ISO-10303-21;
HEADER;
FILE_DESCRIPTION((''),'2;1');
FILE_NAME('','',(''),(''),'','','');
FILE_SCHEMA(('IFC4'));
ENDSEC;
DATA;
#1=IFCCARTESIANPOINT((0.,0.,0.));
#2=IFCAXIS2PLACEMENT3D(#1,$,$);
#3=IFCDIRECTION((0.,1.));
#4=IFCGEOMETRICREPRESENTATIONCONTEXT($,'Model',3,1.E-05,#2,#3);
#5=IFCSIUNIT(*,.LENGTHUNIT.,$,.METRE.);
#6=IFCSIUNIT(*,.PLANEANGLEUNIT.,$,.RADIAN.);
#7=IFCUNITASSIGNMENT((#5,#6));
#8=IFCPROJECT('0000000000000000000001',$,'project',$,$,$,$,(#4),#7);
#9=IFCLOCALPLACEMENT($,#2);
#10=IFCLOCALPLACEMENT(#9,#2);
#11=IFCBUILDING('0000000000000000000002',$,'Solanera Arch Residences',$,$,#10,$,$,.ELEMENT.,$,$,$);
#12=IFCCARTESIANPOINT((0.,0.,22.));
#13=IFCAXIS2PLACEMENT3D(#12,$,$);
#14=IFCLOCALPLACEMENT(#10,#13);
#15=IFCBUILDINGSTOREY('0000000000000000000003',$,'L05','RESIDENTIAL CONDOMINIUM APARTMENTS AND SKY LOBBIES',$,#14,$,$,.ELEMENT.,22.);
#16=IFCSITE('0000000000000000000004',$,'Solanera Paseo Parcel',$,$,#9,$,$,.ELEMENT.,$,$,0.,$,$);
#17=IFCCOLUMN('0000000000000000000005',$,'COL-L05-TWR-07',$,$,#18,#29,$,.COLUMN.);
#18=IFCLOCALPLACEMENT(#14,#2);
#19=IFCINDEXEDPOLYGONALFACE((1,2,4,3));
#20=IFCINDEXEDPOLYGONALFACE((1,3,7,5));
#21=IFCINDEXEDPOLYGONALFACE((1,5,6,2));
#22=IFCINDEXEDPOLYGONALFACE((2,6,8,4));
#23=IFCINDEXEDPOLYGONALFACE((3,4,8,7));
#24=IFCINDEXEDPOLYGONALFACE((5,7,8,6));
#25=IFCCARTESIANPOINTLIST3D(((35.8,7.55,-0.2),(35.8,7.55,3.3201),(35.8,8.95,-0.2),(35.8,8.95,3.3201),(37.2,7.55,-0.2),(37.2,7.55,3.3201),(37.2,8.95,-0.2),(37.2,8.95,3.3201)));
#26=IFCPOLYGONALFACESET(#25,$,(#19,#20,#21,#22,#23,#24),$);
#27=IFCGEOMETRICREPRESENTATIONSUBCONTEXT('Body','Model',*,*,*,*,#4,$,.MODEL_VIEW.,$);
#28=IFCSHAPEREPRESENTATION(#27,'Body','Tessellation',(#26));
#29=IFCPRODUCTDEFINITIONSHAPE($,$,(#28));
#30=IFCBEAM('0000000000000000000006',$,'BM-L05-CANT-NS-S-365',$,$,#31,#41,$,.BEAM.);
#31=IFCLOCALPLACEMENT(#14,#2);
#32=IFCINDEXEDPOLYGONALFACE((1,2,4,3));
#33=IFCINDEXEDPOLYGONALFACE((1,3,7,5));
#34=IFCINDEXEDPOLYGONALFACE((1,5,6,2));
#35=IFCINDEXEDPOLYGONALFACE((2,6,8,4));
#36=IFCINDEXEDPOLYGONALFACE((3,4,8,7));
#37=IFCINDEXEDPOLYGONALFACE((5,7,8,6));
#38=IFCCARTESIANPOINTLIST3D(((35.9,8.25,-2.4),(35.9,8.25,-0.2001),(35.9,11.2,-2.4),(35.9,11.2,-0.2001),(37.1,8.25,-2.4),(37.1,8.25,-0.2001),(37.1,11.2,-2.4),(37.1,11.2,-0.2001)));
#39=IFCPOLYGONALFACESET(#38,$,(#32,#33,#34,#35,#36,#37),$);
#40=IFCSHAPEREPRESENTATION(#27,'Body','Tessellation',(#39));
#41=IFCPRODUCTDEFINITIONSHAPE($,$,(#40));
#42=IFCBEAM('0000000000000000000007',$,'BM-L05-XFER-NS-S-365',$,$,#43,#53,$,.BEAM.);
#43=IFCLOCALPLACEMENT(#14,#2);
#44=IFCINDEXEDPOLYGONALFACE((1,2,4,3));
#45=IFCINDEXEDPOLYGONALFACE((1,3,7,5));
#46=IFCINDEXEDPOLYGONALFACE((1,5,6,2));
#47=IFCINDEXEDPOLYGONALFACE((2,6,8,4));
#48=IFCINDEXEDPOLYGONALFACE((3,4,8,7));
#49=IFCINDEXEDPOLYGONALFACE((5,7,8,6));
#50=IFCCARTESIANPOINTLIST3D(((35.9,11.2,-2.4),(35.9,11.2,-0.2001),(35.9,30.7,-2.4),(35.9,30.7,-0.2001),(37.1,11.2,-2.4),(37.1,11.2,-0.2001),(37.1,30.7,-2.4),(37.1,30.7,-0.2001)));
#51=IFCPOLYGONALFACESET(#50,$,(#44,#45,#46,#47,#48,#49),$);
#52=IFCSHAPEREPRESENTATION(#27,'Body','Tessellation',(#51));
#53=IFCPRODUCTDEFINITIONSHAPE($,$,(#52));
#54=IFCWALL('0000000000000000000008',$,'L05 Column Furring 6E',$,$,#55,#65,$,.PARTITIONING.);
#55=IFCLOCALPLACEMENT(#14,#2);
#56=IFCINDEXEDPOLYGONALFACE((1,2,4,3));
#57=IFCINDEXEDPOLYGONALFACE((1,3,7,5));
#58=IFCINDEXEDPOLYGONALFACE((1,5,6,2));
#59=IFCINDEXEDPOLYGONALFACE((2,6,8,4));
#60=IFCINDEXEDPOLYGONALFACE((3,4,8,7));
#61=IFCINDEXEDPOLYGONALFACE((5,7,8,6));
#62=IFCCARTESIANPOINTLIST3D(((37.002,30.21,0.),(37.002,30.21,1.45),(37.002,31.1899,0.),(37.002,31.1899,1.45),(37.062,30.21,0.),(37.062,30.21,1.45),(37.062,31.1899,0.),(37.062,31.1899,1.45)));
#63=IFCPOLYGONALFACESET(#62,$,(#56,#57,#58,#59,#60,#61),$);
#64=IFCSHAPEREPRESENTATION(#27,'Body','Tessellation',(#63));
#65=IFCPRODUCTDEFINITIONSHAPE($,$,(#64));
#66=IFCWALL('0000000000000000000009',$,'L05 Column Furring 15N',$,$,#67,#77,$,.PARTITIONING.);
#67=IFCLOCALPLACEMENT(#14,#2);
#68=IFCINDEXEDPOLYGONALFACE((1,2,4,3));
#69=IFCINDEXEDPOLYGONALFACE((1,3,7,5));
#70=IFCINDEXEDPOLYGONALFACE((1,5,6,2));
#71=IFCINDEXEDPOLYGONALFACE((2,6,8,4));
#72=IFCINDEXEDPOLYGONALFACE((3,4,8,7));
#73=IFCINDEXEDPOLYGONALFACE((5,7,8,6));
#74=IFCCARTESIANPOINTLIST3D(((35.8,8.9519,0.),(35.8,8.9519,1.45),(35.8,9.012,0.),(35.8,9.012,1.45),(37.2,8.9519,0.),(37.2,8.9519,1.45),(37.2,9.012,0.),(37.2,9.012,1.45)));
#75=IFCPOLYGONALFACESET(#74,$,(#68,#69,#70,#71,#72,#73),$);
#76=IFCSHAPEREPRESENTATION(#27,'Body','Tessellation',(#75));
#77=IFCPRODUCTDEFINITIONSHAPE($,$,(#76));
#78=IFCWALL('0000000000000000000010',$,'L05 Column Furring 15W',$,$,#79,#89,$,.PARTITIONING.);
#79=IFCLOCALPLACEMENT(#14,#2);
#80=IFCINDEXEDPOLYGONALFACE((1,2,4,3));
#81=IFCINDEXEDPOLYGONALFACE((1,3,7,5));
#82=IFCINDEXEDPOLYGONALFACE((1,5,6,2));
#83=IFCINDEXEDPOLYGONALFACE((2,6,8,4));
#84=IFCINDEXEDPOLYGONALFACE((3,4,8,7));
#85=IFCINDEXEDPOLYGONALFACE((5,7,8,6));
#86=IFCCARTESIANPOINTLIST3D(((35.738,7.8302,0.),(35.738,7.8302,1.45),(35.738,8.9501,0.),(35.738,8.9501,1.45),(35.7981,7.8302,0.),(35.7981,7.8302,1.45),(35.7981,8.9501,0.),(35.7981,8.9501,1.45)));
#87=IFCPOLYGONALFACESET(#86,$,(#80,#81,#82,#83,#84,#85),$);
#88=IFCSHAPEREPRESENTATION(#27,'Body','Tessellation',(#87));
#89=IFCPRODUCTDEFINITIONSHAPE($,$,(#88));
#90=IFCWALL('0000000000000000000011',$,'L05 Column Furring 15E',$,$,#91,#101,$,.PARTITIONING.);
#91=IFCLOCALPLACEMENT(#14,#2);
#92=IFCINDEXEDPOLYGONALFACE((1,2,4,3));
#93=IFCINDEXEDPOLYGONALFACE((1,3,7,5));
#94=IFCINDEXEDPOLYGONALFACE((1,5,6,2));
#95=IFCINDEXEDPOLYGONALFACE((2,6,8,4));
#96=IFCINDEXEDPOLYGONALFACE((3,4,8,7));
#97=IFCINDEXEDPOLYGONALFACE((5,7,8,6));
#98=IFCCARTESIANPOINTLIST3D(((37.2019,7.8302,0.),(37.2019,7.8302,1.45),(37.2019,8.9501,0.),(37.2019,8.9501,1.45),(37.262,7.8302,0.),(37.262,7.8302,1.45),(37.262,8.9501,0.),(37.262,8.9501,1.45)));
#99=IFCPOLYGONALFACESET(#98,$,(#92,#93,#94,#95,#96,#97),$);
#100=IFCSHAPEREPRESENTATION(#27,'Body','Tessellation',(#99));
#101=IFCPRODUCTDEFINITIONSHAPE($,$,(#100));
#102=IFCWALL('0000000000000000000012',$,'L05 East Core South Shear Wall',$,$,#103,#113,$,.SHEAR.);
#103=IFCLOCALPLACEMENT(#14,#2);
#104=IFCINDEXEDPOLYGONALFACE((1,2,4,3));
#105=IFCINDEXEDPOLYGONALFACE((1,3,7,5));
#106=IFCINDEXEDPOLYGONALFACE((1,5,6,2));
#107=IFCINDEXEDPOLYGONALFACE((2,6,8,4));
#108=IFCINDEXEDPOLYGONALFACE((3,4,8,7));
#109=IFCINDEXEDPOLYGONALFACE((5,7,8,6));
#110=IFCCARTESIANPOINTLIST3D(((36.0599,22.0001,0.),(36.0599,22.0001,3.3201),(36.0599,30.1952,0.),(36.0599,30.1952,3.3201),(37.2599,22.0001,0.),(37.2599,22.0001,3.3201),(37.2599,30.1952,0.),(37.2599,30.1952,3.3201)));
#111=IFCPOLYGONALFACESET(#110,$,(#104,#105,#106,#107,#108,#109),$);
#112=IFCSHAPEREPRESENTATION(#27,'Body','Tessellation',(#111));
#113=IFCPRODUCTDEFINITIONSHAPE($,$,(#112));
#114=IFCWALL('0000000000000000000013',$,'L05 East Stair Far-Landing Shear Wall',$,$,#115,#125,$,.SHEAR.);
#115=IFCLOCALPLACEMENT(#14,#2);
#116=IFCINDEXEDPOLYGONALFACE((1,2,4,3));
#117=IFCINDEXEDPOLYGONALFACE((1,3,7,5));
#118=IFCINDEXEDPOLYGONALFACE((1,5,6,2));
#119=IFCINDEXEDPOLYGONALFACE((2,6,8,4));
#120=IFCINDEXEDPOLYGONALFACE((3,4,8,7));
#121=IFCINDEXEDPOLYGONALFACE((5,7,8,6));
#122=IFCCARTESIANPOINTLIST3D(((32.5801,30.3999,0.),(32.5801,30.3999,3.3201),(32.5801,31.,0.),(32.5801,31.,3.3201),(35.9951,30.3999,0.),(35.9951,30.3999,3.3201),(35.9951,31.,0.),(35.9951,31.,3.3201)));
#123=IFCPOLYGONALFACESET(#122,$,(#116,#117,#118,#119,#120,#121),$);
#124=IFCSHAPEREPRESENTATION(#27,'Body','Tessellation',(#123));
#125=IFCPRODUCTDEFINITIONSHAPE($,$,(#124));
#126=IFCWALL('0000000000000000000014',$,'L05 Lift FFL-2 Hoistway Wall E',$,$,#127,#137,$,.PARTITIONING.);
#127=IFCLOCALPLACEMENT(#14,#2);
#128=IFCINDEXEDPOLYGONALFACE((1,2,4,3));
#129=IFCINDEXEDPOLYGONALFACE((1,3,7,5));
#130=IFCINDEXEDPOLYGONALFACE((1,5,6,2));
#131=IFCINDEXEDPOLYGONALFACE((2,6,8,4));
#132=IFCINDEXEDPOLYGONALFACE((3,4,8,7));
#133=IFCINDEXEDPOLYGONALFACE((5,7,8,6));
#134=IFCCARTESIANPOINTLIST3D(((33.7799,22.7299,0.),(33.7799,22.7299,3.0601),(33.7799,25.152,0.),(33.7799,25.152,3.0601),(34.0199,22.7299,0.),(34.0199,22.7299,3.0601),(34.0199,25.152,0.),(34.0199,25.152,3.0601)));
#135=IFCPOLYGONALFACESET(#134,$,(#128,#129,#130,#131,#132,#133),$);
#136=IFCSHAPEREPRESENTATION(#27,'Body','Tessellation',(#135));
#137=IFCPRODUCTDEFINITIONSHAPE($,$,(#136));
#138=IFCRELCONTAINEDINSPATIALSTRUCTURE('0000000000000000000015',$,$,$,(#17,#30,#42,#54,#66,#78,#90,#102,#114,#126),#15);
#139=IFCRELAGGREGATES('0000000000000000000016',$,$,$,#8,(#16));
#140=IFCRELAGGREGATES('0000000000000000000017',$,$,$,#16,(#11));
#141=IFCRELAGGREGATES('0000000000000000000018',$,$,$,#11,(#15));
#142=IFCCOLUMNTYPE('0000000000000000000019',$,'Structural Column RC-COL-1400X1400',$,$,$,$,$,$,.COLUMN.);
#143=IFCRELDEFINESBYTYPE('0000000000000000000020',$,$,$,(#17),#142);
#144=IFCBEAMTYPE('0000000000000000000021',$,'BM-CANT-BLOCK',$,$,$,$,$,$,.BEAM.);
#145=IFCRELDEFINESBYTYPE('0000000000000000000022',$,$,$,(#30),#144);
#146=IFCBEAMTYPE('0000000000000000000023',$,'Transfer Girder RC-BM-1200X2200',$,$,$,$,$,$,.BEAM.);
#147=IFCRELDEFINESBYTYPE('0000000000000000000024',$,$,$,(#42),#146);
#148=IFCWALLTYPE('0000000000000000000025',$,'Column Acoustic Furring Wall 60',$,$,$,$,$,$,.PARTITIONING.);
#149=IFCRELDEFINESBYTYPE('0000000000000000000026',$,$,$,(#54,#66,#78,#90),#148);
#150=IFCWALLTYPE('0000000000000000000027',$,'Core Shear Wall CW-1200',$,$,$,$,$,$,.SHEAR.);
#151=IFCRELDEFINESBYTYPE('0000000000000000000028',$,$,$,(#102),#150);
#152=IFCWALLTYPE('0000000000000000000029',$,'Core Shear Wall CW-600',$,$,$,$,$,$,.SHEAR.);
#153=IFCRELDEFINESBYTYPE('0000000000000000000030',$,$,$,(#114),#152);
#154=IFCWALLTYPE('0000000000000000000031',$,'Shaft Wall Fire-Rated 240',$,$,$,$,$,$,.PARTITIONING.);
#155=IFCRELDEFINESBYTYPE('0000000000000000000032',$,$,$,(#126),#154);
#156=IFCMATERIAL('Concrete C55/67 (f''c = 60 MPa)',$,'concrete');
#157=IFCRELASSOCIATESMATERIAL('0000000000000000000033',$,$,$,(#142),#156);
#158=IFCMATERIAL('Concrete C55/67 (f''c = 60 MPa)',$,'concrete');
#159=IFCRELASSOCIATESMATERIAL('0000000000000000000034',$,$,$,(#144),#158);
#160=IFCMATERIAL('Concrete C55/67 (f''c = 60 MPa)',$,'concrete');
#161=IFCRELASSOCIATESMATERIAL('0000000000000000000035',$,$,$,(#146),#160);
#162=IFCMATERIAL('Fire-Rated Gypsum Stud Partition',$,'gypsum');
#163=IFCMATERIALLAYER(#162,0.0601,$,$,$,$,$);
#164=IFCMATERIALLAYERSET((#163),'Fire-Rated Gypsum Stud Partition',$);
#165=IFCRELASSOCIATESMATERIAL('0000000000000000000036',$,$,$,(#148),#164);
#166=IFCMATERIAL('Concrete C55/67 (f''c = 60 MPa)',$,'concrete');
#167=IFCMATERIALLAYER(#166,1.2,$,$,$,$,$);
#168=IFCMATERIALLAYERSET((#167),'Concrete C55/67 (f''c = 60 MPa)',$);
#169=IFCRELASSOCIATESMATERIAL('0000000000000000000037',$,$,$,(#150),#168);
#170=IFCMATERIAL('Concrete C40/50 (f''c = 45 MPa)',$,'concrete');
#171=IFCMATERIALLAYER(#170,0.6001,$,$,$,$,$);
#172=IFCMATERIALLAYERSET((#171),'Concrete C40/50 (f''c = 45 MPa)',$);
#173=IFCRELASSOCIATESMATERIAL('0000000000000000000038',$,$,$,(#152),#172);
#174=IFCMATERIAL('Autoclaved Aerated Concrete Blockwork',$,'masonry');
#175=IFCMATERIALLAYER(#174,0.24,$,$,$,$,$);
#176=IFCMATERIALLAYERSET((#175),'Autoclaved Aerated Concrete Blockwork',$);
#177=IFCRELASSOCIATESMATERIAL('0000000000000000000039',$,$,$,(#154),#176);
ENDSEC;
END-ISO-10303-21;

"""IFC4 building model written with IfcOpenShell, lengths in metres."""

from ifc_helpers import new_model, si_unit, direction, frame, frame_2d, origin, origin_2d, place, context, subcontext, project, spatial, rectangle, extrude, material, layer, layer_set, material_profile, profile_set, type_object, element, save


model = new_model("IFC4")

# Units and contexts
model_context = context("Model", 3, precision=1e-05, world=origin(), true_north=direction((0.0, 1.0)))
body_context = subcontext(model_context, "Body", "Model", "MODEL_VIEW")
ifc_project = project(units=[si_unit("LENGTHUNIT", "METRE"), si_unit("PLANEANGLEUNIT", "RADIAN")], contexts=[model_context])

# Site, building, storey
site_placement = place(None, origin())
site = spatial("IfcSite", under=ifc_project, at=site_placement, Name="Solanera Paseo Parcel", CompositionType="ELEMENT", RefElevation=0.0)
building_placement = place(site_placement, origin())
building = spatial("IfcBuilding", under=site, at=building_placement, Name="Solanera Arch Residences", CompositionType="ELEMENT")
storey_placement = place(building_placement, frame((0.0, 0.0, 22.0)))
storey = spatial("IfcBuildingStorey", under=building, at=storey_placement, Name="L05", Description="RESIDENTIAL CONDOMINIUM APARTMENTS AND SKY LOBBIES", CompositionType="ELEMENT", Elevation=22.0)

# Column
ifc_material_1 = material(Name="Concrete C55/67 (f'c = 60 MPa)", Category="concrete")
ifc_material_profile_1 = material_profile(ifc_material_1, rectangle(XDim=1.3999, YDim=1.3999, at=origin_2d()))
ifc_profile_set_1 = profile_set([ifc_material_profile_1], Name="Concrete C55/67 (f'c = 60 MPa)")
column_type = type_object("IfcColumnType", Name="Structural Column RC-COL-1400X1400", PredefinedType="COLUMN", material=ifc_profile_set_1)
column_placement = place(storey_placement, frame((36.5, 8.25, -0.2), z_axis=(0.0, 0.0, 1.0), x_axis=(1.0, 0.0, 0.0)))
element("IfcColumn", 1, at=column_placement, inside=storey, type_object=column_type, Name="COL-L05-TWR-07", PredefinedType="COLUMN", context=body_context, shape_type="SweptSolid", body=[
    extrude(rectangle(XDim=1.3999, YDim=1.3999, at=origin_2d()), origin(), (0.0, 0.0, 1.0), 3.52),
])

# Beams
ifc_material_2 = material(Name="Concrete C55/67 (f'c = 60 MPa)", Category="concrete")
ifc_material_profile_2 = material_profile(ifc_material_2, rectangle(XDim=1.2, YDim=2.2, at=origin_2d()))
ifc_profile_set_2 = profile_set([ifc_material_profile_2], Name="Concrete C55/67 (f'c = 60 MPa)")
beam_type_1 = type_object("IfcBeamType", Name="BM-CANT-BLOCK", PredefinedType="BEAM", material=ifc_profile_set_2)
beam_1_placement = place(storey_placement, frame((36.5, 8.25, -1.3), z_axis=(0.0, 1.0, 0.0), x_axis=(-1.0, 0.0, 0.0)))
element("IfcBeam", 2, at=beam_1_placement, inside=storey, type_object=beam_type_1, Name="BM-L05-CANT-NS-S-365", PredefinedType="BEAM", context=body_context, shape_type="SweptSolid", body=[
    extrude(rectangle(XDim=1.2, YDim=2.2, at=origin_2d()), origin(), (0.0, 0.0, 1.0), 2.95),
])
ifc_material_3 = material(Name="Concrete C55/67 (f'c = 60 MPa)", Category="concrete")
ifc_material_profile_3 = material_profile(ifc_material_3, rectangle(XDim=1.2, YDim=2.2, at=origin_2d()))
ifc_profile_set_3 = profile_set([ifc_material_profile_3], Name="Concrete C55/67 (f'c = 60 MPa)")
beam_type_2 = type_object("IfcBeamType", Name="Transfer Girder RC-BM-1200X2200", PredefinedType="BEAM", material=ifc_profile_set_3)
beam_2_placement = place(storey_placement, frame((36.5, 11.2, -1.3), z_axis=(0.0, 1.0, 0.0), x_axis=(-1.0, 0.0, 0.0)))
element("IfcBeam", 3, at=beam_2_placement, inside=storey, type_object=beam_type_2, Name="BM-L05-XFER-NS-S-365", PredefinedType="BEAM", context=body_context, shape_type="SweptSolid", body=[
    extrude(rectangle(XDim=1.2, YDim=2.2, at=origin_2d()), origin(), (0.0, 0.0, 1.0), 19.5),
])

# Walls
ifc_material_4 = material(Name="Fire-Rated Gypsum Stud Partition", Category="gypsum")
ifc_layer_1 = layer(ifc_material_4, 0.0601)
ifc_layer_set_1 = layer_set([ifc_layer_1], Name="Fire-Rated Gypsum Stud Partition")
wall_type_1 = type_object("IfcWallType", Name="Column Acoustic Furring Wall 60", PredefinedType="PARTITIONING", material=ifc_layer_set_1)
wall_1_placement = place(storey_placement, frame((37.032, 30.21, 0.0), z_axis=(0.0, 0.0, 1.0), x_axis=(0.0, 1.0, 0.0)))
element("IfcWall", 4, at=wall_1_placement, inside=storey, type_object=wall_type_1, Name="L05 Column Furring 6E", PredefinedType="PARTITIONING", context=body_context, shape_type="SweptSolid", body=[
    extrude(rectangle(XDim=0.98, YDim=0.0601, at=frame_2d((0.49, 0.0))), origin(), (0.0, 0.0, 1.0), 1.45),
])
wall_2_placement = place(storey_placement, frame((35.8, 8.9819, 0.0), z_axis=(0.0, 0.0, 1.0), x_axis=(1.0, 0.0, 0.0)))
element("IfcWall", 5, at=wall_2_placement, inside=storey, type_object=wall_type_1, Name="L05 Column Furring 15N", PredefinedType="PARTITIONING", context=body_context, shape_type="SweptSolid", body=[
    extrude(rectangle(XDim=1.3999, YDim=0.0601, at=frame_2d((0.7, 0.0))), origin(), (0.0, 0.0, 1.0), 1.45),
])
for number, where, z_axis, x_axis, name in (
    (6, (35.7681, 7.8301, 0.0), (0.0, 0.0, 1.0), (0.0, 1.0, 0.0), "L05 Column Furring 15W"),
    (7, (37.2319, 7.8301, 0.0), (0.0, 0.0, 1.0), (0.0, 1.0, 0.0), "L05 Column Furring 15E"),
):
    element("IfcWall", number, at=place(storey_placement, frame(where, z_axis=z_axis, x_axis=x_axis)), inside=storey, type_object=wall_type_1, Name=name, PredefinedType="PARTITIONING", context=body_context, shape_type="SweptSolid", body=[
        extrude(rectangle(XDim=1.1199, YDim=0.0601, at=frame_2d((0.5601, 0.0))), origin(), (0.0, 0.0, 1.0), 1.45),
    ])
ifc_material_5 = material(Name="Concrete C55/67 (f'c = 60 MPa)", Category="concrete")
ifc_layer_2 = layer(ifc_material_5, 1.2)
ifc_layer_set_2 = layer_set([ifc_layer_2], Name="Concrete C55/67 (f'c = 60 MPa)")
wall_type_2 = type_object("IfcWallType", Name="Core Shear Wall CW-1200", PredefinedType="SHEAR", material=ifc_layer_set_2)
wall_3_placement = place(storey_placement, frame((36.6599, 22.0, 0.0), z_axis=(0.0, 0.0, 1.0), x_axis=(0.0, 1.0, 0.0)))
element("IfcWall", 8, at=wall_3_placement, inside=storey, type_object=wall_type_2, Name="L05 East Core South Shear Wall", PredefinedType="SHEAR", context=body_context, shape_type="SweptSolid", body=[
    extrude(rectangle(XDim=8.1951, YDim=1.2, at=frame_2d((4.0977, 0.0))), origin(), (0.0, 0.0, 1.0), 3.3201),
])
ifc_material_6 = material(Name="Concrete C40/50 (f'c = 45 MPa)", Category="concrete")
ifc_layer_3 = layer(ifc_material_6, 0.6001)
ifc_layer_set_3 = layer_set([ifc_layer_3], Name="Concrete C40/50 (f'c = 45 MPa)")
wall_type_3 = type_object("IfcWallType", Name="Core Shear Wall CW-600", PredefinedType="SHEAR", material=ifc_layer_set_3)
wall_4_placement = place(storey_placement, frame((32.5801, 30.7, 0.0), z_axis=(0.0, 0.0, 1.0), x_axis=(1.0, 0.0, 0.0)))
element("IfcWall", 9, at=wall_4_placement, inside=storey, type_object=wall_type_3, Name="L05 East Stair Far-Landing Shear Wall", PredefinedType="SHEAR", context=body_context, shape_type="SweptSolid", body=[
    extrude(rectangle(XDim=3.415, YDim=0.6001, at=frame_2d((1.7075, 0.0))), origin(), (0.0, 0.0, 1.0), 3.3201),
])
ifc_material_7 = material(Name="Autoclaved Aerated Concrete Blockwork", Category="masonry")
ifc_layer_4 = layer(ifc_material_7, 0.24)
ifc_layer_set_4 = layer_set([ifc_layer_4], Name="Autoclaved Aerated Concrete Blockwork")
wall_type_4 = type_object("IfcWallType", Name="Shaft Wall Fire-Rated 240", PredefinedType="PARTITIONING", material=ifc_layer_set_4)
wall_5_placement = place(storey_placement, frame((33.8999, 22.73, 0.0), z_axis=(0.0, 0.0, 1.0), x_axis=(0.0, 1.0, 0.0)))
element("IfcWall", 10, at=wall_5_placement, inside=storey, type_object=wall_type_4, Name="L05 Lift FFL-2 Hoistway Wall E", PredefinedType="PARTITIONING", context=body_context, shape_type="SweptSolid", body=[
    extrude(rectangle(XDim=2.4221, YDim=0.24, at=frame_2d((1.2109, 0.0))), origin(), (0.0, 0.0, 1.0), 3.0601),
])

save(model, "model.ifc")
